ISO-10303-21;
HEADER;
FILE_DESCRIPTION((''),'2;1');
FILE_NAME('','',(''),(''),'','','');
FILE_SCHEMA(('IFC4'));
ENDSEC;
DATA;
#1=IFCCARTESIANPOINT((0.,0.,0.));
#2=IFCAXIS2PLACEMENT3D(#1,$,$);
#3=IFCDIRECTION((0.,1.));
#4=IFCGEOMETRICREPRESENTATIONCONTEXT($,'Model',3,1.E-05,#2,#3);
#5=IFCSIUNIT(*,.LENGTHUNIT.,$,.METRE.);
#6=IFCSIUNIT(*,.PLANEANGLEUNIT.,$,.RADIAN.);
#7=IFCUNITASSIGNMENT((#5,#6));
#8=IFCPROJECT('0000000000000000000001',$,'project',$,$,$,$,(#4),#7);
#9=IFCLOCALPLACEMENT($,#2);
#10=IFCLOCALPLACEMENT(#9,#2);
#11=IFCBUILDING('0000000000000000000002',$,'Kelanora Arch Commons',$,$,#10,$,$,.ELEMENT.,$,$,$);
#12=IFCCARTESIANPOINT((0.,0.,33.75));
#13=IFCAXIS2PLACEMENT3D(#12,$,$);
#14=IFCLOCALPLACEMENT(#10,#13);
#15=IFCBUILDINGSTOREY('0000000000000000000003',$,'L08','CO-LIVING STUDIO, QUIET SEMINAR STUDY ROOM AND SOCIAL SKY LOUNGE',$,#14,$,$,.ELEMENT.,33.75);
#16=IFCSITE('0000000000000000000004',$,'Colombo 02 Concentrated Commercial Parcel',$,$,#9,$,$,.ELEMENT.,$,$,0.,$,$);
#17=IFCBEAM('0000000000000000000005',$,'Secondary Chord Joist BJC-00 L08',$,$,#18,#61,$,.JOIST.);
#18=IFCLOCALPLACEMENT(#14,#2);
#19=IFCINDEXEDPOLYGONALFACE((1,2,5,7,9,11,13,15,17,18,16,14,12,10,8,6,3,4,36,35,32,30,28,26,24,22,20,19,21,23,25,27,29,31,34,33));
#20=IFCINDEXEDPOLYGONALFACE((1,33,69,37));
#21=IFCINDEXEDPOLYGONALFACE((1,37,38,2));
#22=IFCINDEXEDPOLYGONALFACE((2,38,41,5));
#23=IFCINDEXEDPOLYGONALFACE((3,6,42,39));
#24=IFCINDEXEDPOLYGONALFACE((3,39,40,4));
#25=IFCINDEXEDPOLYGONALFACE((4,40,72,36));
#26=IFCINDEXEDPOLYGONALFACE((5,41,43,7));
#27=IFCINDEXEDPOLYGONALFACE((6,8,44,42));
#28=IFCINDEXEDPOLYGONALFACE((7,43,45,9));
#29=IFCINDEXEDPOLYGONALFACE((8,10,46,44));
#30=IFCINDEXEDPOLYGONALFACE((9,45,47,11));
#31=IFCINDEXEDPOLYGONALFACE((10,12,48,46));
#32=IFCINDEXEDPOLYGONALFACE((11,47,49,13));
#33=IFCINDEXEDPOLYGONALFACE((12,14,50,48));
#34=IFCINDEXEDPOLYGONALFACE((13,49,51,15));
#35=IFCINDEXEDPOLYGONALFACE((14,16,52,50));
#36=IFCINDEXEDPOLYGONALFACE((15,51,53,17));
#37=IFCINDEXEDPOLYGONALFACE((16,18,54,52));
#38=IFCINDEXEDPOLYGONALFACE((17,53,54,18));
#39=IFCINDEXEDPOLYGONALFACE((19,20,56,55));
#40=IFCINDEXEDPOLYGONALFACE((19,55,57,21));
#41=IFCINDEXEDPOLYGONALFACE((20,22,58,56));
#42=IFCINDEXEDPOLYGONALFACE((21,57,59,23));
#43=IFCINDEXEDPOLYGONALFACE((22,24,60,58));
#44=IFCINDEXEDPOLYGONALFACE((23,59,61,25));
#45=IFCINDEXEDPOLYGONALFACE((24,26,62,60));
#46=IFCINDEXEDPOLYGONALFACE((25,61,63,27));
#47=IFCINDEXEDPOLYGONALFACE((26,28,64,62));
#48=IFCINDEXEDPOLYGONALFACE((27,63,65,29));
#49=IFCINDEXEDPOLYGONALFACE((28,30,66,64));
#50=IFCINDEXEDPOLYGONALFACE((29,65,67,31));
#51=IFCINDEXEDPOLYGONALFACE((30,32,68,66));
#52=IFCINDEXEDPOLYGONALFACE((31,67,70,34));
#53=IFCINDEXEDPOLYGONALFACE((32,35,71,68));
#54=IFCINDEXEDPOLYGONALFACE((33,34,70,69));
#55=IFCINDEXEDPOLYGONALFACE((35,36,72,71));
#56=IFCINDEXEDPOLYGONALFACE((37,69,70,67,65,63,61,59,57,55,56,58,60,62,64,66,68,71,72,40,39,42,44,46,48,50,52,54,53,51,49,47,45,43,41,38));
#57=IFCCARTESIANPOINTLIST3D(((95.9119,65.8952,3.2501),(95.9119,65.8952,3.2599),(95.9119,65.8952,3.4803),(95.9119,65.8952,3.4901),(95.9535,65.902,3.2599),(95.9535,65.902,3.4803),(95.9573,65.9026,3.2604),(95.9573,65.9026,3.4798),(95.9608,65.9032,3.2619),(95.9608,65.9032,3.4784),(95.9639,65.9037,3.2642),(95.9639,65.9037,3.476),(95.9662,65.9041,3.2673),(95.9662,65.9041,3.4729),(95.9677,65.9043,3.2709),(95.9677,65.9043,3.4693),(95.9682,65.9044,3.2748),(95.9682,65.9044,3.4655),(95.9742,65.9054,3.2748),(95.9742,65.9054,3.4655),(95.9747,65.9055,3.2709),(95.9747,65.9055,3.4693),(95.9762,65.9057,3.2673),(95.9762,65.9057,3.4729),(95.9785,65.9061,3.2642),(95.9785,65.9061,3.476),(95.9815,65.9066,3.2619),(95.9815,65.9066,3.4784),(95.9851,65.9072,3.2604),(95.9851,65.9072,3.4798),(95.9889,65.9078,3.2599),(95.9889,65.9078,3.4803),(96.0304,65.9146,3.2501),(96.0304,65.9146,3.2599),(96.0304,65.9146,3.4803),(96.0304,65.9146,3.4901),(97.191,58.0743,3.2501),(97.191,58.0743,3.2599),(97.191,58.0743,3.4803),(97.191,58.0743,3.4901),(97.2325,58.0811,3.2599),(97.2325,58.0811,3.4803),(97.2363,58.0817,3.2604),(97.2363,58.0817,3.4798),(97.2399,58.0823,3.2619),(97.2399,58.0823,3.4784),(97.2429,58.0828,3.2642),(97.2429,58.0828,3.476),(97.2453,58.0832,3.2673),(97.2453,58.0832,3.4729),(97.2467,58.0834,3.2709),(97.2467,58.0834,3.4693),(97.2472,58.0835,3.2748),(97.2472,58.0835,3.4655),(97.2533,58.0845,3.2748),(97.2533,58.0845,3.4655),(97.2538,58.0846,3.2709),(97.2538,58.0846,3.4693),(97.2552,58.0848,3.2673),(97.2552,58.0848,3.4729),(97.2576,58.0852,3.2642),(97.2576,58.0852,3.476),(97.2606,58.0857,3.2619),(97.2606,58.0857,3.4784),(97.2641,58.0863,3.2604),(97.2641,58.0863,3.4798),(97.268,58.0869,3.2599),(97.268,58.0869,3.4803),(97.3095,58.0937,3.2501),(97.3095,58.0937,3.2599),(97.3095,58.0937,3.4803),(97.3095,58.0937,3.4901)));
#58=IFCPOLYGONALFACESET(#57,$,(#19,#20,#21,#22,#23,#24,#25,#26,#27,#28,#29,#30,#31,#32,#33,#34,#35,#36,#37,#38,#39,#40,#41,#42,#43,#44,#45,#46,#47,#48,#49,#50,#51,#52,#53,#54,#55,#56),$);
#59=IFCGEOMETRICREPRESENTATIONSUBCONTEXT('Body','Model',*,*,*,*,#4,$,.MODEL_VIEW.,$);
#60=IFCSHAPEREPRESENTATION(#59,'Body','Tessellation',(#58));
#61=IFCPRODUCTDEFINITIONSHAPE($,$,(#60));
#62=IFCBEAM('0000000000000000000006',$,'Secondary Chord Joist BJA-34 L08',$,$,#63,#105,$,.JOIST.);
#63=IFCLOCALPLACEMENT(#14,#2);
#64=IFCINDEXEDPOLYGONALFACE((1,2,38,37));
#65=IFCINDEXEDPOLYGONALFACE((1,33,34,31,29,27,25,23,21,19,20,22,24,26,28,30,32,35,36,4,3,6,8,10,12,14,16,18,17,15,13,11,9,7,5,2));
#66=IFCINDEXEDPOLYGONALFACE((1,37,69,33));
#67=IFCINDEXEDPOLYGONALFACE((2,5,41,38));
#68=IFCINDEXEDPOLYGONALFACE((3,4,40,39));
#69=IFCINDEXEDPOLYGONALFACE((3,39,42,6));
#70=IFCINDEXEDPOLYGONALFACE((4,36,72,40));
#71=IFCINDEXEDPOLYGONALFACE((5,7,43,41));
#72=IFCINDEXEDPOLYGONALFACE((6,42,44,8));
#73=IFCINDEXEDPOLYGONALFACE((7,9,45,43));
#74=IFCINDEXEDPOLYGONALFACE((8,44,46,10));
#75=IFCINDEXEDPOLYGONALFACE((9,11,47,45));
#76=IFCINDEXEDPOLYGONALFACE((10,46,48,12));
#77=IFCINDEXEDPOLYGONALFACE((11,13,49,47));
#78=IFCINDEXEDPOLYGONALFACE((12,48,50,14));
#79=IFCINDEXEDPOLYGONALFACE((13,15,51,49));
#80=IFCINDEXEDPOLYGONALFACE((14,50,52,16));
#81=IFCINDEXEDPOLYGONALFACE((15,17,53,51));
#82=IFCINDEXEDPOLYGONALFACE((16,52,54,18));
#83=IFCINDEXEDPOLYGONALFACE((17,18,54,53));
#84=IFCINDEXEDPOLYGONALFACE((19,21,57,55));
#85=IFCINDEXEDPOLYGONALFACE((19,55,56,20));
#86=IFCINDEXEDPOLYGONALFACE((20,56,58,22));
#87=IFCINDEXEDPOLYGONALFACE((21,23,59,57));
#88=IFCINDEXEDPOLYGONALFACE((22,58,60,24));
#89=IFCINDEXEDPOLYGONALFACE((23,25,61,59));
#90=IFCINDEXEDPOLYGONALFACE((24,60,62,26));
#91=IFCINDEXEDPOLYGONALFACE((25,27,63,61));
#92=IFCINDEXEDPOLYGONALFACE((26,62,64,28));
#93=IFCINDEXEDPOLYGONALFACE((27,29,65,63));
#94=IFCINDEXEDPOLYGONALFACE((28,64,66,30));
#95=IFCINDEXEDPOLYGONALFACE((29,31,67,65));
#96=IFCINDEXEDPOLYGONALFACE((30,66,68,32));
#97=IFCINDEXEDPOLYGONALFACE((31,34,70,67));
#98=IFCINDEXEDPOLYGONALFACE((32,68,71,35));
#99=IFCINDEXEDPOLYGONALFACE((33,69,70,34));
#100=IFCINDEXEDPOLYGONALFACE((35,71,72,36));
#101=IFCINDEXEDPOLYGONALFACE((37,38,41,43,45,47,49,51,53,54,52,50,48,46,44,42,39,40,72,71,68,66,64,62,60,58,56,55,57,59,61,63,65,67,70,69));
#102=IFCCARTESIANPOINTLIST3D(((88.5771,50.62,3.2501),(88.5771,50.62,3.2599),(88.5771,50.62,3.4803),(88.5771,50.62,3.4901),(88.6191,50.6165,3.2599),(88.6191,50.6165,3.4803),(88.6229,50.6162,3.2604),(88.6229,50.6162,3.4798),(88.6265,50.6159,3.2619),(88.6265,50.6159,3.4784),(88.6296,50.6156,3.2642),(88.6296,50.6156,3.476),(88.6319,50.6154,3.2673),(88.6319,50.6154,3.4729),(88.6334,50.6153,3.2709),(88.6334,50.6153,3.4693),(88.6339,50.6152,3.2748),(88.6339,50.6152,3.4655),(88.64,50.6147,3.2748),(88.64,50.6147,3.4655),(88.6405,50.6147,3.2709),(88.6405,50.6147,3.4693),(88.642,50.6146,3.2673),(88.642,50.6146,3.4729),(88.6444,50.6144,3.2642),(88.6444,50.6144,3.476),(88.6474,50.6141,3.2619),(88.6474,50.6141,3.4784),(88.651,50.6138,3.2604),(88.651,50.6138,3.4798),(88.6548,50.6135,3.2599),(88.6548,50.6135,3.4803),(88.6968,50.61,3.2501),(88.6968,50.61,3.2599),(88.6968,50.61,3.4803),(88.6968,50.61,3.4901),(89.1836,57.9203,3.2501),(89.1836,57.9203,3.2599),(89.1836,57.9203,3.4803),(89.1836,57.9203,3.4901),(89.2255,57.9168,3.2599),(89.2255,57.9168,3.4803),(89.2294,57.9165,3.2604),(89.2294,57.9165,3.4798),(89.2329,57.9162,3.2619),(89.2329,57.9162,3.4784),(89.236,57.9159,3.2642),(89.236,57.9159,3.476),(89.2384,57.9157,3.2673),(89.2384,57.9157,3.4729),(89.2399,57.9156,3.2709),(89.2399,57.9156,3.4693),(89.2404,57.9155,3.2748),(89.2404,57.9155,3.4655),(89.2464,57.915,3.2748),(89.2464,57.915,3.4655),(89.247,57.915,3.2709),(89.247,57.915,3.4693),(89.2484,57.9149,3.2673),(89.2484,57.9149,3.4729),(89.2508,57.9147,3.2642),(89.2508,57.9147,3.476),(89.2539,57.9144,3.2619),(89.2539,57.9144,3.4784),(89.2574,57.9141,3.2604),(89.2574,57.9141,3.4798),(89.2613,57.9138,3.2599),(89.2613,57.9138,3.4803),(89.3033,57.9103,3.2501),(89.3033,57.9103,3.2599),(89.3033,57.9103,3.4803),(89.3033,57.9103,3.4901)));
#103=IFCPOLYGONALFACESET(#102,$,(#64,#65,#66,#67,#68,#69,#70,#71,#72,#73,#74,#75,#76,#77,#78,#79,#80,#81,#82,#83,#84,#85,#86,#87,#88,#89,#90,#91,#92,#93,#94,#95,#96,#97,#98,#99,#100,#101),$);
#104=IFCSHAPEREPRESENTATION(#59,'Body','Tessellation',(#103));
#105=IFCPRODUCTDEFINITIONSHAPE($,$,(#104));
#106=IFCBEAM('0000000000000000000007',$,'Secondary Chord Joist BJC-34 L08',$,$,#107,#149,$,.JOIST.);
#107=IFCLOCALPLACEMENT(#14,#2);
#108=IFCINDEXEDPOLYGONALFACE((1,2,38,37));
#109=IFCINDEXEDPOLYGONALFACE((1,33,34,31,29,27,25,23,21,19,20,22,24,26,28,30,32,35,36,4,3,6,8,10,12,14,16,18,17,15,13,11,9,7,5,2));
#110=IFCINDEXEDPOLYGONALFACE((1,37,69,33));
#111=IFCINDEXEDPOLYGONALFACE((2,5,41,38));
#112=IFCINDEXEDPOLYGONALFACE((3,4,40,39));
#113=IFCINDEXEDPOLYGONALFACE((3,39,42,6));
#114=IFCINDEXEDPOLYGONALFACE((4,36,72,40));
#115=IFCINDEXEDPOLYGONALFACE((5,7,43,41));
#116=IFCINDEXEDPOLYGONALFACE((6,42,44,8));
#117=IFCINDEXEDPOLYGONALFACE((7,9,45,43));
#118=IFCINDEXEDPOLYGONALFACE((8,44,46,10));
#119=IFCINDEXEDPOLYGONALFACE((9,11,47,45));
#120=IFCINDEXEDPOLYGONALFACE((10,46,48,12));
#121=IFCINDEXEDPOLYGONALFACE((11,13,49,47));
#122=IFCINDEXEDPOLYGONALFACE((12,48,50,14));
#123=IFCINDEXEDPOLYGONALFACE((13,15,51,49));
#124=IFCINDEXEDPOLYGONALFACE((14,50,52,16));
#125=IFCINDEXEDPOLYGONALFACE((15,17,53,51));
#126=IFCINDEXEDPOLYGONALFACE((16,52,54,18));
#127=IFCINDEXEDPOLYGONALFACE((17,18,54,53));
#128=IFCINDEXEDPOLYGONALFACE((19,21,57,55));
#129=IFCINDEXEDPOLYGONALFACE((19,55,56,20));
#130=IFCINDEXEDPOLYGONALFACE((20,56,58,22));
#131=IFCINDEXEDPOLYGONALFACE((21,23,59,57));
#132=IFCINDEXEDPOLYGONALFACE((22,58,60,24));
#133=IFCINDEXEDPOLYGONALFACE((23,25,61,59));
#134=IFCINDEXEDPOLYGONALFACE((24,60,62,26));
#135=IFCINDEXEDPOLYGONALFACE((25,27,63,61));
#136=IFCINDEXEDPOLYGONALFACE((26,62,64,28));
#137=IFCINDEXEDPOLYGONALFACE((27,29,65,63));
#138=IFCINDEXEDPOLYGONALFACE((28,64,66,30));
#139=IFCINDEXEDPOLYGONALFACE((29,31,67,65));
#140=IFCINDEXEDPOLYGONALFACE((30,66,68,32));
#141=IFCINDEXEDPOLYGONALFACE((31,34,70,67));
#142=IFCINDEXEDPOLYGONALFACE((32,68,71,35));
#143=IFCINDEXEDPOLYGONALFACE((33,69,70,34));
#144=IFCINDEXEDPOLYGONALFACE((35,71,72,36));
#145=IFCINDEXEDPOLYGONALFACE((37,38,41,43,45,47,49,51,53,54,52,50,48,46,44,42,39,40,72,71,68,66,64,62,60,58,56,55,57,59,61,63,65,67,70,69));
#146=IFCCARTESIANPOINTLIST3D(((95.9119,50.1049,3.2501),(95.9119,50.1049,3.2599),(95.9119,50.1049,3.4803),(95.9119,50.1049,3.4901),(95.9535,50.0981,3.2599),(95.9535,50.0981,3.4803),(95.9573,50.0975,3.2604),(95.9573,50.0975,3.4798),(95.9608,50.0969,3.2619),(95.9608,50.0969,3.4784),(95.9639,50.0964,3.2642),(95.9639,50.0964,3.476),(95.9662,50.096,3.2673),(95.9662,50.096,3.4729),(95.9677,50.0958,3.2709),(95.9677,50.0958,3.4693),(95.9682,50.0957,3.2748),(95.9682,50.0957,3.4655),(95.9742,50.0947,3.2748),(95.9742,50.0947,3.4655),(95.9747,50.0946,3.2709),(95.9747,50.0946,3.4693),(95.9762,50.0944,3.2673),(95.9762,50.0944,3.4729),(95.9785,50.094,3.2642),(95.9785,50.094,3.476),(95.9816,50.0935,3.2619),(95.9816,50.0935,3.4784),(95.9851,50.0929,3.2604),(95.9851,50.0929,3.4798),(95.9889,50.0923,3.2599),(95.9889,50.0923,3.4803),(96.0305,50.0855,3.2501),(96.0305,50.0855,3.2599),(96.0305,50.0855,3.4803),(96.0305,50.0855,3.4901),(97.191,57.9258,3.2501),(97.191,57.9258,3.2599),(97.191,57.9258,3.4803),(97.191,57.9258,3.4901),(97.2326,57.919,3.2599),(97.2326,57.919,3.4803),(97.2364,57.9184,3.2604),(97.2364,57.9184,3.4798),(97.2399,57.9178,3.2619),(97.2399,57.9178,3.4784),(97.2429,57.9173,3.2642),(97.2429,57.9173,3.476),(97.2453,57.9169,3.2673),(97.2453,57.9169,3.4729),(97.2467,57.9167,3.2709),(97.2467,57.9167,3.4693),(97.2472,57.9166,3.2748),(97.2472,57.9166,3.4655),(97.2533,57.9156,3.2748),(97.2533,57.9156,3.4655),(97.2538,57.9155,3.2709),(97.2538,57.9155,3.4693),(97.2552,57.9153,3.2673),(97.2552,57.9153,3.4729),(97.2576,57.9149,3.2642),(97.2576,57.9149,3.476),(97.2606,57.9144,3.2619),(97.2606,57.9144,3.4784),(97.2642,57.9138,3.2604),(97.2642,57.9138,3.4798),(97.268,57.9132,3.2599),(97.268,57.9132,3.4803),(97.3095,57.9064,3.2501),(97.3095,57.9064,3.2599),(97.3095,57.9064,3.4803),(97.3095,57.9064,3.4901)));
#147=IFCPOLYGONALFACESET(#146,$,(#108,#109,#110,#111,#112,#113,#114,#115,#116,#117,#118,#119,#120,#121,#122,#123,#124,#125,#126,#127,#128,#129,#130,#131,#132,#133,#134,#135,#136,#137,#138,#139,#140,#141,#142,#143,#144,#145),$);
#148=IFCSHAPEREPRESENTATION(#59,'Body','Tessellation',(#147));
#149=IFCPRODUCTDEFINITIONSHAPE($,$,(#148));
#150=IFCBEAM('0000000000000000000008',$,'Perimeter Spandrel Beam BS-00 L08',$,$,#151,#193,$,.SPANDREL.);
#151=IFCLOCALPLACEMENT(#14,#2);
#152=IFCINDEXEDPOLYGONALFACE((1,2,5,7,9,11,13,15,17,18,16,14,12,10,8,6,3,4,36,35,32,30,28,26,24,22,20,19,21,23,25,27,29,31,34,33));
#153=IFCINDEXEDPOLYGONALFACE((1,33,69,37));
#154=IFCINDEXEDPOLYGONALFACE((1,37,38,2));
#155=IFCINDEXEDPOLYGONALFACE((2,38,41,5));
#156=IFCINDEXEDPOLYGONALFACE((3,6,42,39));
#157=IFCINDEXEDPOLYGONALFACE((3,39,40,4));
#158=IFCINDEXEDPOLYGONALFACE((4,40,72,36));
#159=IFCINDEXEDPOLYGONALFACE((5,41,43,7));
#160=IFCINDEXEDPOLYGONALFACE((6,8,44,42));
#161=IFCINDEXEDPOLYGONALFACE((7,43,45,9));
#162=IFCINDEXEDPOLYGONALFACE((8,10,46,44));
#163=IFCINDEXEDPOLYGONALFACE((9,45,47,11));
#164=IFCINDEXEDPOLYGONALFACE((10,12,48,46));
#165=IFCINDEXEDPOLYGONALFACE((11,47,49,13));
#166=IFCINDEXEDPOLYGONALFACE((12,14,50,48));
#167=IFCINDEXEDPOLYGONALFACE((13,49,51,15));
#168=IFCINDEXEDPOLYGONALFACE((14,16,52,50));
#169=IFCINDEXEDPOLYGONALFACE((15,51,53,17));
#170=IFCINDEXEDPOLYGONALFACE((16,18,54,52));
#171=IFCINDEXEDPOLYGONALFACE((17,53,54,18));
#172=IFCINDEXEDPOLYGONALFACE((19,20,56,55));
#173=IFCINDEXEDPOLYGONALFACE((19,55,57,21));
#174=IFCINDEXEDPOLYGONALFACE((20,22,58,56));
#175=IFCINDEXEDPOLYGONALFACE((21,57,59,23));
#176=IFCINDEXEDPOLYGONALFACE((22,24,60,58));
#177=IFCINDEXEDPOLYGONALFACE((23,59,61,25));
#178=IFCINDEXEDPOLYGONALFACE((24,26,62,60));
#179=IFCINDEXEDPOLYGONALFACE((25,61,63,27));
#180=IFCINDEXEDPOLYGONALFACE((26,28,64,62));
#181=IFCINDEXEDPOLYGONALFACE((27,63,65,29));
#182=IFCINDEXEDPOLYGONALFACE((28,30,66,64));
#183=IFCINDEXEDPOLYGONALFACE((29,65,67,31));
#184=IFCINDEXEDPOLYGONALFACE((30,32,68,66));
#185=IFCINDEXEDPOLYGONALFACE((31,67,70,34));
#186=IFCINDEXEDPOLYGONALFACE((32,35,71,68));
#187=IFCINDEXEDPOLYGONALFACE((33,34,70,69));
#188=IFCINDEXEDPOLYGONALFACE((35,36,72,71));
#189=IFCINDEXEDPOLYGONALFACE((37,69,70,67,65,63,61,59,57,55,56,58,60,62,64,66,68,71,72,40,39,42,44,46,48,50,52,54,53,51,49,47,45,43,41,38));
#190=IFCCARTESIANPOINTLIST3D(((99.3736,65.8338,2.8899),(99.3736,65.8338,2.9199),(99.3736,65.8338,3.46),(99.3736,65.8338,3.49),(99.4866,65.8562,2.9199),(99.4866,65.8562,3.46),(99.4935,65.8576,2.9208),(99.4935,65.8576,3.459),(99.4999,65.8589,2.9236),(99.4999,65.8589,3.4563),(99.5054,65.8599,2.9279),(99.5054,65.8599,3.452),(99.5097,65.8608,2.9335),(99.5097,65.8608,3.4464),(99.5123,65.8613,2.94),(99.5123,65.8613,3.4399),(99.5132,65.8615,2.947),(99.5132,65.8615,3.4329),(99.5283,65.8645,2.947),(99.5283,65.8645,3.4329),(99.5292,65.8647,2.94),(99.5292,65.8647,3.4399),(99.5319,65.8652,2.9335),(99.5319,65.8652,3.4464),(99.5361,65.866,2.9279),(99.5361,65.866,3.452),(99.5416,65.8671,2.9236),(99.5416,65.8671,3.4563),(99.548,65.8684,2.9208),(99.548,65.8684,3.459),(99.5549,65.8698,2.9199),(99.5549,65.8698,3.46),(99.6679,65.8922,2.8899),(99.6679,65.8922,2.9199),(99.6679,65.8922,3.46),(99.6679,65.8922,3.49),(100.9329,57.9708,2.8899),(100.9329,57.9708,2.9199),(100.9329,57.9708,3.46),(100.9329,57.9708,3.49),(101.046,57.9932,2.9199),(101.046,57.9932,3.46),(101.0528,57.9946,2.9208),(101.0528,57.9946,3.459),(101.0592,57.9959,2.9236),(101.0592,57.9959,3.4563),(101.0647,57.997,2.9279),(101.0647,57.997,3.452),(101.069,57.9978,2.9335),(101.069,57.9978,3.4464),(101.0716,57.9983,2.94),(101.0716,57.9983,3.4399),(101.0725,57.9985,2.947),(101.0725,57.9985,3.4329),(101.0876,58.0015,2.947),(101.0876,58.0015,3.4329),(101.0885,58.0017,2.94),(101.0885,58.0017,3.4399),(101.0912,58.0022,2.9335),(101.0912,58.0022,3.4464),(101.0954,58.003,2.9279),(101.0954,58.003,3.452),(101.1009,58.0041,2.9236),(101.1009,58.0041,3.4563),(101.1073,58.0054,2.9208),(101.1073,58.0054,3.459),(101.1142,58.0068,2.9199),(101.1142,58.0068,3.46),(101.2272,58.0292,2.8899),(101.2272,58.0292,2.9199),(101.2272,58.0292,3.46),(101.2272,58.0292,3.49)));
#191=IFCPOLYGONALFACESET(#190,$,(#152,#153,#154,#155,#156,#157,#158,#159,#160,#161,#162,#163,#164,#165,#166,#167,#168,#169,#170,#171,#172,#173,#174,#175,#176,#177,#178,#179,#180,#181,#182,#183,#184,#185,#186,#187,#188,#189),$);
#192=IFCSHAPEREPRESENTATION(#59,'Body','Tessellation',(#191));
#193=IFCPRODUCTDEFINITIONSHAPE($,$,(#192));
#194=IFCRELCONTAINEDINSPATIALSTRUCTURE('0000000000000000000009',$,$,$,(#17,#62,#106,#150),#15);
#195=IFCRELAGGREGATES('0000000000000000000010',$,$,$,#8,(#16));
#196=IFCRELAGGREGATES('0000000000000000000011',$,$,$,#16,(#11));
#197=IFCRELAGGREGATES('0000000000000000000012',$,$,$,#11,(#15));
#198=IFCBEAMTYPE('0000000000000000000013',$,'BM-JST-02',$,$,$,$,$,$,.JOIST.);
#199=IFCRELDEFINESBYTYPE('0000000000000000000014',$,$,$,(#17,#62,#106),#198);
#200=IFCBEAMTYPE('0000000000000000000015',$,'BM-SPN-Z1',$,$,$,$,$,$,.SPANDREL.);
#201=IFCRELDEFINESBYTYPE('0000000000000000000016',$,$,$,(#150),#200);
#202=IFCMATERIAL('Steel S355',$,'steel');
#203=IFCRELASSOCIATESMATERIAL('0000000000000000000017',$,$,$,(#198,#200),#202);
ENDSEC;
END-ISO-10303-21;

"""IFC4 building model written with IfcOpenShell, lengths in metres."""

from ifc_helpers import new_model, si_unit, direction, frame, origin, origin_2d, place, context, subcontext, project, spatial, i_section, extrude, material, material_profile, profile_set, type_object, element, save


model = new_model("IFC4")

# Units and contexts
model_context = context("Model", 3, precision=1e-05, world=origin(), true_north=direction((0.0, 1.0)))
body_context = subcontext(model_context, "Body", "Model", "MODEL_VIEW")
ifc_project = project(units=[si_unit("LENGTHUNIT", "METRE"), si_unit("PLANEANGLEUNIT", "RADIAN")], contexts=[model_context])

# Site, building, storey
site_placement = place(None, origin())
site = spatial("IfcSite", under=ifc_project, at=site_placement, Name="Colombo 02 Concentrated Commercial Parcel", CompositionType="ELEMENT", RefElevation=0.0)
building_placement = place(site_placement, origin())
building = spatial("IfcBuilding", under=site, at=building_placement, Name="Kelanora Arch Commons", CompositionType="ELEMENT")
storey_placement = place(building_placement, frame((0.0, 0.0, 33.75)))
storey = spatial("IfcBuildingStorey", under=building, at=storey_placement, Name="L08", Description="CO-LIVING STUDIO, QUIET SEMINAR STUDY ROOM AND SOCIAL SKY LOUNGE", CompositionType="ELEMENT", Elevation=33.75)

# Beams
ifc_material_1 = material(Name="Steel S355", Category="steel")
ifc_material_profile_1 = material_profile(ifc_material_1, i_section(OverallWidth=0.1201, OverallDepth=0.24, WebThickness=0.0061, FlangeThickness=0.0098, FilletRadius=0.0149, at=origin_2d()), Name="IPE240")
ifc_profile_set_1 = profile_set([ifc_material_profile_1], Name="Steel S355")
beam_type_1 = type_object("IfcBeamType", Name="BM-JST-02", PredefinedType="JOIST", material=ifc_profile_set_1)
beam_1_placement = place(storey_placement, frame((97.2502, 58.084, 3.3701), z_axis=(-0.161401, 0.986889, 0.0), x_axis=(-0.986889, -0.161401, 0.0)))
element("IfcBeam", 1, at=beam_1_placement, inside=storey, type_object=beam_type_1, Name="Secondary Chord Joist BJC-00 L08", PredefinedType="JOIST", context=body_context, shape_type="SweptSolid", body=[
    extrude(i_section(OverallWidth=0.1201, OverallDepth=0.24, WebThickness=0.0061, FlangeThickness=0.0098, FilletRadius=0.0149, at=origin_2d()), origin(), (0.0, 0.0, 1.0), 7.9248),
])
beam_2_placement = place(storey_placement, frame((88.637, 50.615, 3.3701), z_axis=(0.082786, 0.996567, 0.0), x_axis=(-0.996567, 0.082786, 0.0)))
element("IfcBeam", 2, at=beam_2_placement, inside=storey, type_object=beam_type_1, Name="Secondary Chord Joist BJA-34 L08", PredefinedType="JOIST", context=body_context, shape_type="SweptSolid", body=[
    extrude(i_section(OverallWidth=0.1201, OverallDepth=0.24, WebThickness=0.0061, FlangeThickness=0.0098, FilletRadius=0.0149, at=origin_2d()), origin(), (0.0, 0.0, 1.0), 7.3254),
])
beam_3_placement = place(storey_placement, frame((95.9712, 50.0952, 3.3701), z_axis=(0.161401, 0.986889, 0.0), x_axis=(-0.986889, 0.161401, 0.0)))
element("IfcBeam", 3, at=beam_3_placement, inside=storey, type_object=beam_type_1, Name="Secondary Chord Joist BJC-34 L08", PredefinedType="JOIST", context=body_context, shape_type="SweptSolid", body=[
    extrude(i_section(OverallWidth=0.1201, OverallDepth=0.24, WebThickness=0.0061, FlangeThickness=0.0098, FilletRadius=0.0149, at=origin_2d()), origin(), (0.0, 0.0, 1.0), 7.9248),
])
ifc_material_profile_2 = material_profile(ifc_material_1, i_section(OverallWidth=0.3, OverallDepth=0.6001, WebThickness=0.0154, FlangeThickness=0.03, FilletRadius=0.0271, at=origin_2d()), Name="HEB600")
ifc_profile_set_2 = profile_set([ifc_material_profile_2], Name="Steel S355")
beam_type_2 = type_object("IfcBeamType", Name="BM-SPN-Z1", PredefinedType="SPANDREL", material=ifc_profile_set_2)
beam_4_placement = place(storey_placement, frame((101.0801, 58.0, 3.1899), z_axis=(-0.194523, 0.980898, 0.0), x_axis=(-0.980898, -0.194523, 0.0)))
element("IfcBeam", 4, at=beam_4_placement, inside=storey, type_object=beam_type_2, Name="Perimeter Spandrel Beam BS-00 L08", PredefinedType="SPANDREL", context=body_context, shape_type="SweptSolid", body=[
    extrude(i_section(OverallWidth=0.3, OverallDepth=0.6001, WebThickness=0.0154, FlangeThickness=0.03, FilletRadius=0.0271, at=origin_2d()), origin(), (0.0, 0.0, 1.0), 8.0161),
])

save(model, "model.ifc")
